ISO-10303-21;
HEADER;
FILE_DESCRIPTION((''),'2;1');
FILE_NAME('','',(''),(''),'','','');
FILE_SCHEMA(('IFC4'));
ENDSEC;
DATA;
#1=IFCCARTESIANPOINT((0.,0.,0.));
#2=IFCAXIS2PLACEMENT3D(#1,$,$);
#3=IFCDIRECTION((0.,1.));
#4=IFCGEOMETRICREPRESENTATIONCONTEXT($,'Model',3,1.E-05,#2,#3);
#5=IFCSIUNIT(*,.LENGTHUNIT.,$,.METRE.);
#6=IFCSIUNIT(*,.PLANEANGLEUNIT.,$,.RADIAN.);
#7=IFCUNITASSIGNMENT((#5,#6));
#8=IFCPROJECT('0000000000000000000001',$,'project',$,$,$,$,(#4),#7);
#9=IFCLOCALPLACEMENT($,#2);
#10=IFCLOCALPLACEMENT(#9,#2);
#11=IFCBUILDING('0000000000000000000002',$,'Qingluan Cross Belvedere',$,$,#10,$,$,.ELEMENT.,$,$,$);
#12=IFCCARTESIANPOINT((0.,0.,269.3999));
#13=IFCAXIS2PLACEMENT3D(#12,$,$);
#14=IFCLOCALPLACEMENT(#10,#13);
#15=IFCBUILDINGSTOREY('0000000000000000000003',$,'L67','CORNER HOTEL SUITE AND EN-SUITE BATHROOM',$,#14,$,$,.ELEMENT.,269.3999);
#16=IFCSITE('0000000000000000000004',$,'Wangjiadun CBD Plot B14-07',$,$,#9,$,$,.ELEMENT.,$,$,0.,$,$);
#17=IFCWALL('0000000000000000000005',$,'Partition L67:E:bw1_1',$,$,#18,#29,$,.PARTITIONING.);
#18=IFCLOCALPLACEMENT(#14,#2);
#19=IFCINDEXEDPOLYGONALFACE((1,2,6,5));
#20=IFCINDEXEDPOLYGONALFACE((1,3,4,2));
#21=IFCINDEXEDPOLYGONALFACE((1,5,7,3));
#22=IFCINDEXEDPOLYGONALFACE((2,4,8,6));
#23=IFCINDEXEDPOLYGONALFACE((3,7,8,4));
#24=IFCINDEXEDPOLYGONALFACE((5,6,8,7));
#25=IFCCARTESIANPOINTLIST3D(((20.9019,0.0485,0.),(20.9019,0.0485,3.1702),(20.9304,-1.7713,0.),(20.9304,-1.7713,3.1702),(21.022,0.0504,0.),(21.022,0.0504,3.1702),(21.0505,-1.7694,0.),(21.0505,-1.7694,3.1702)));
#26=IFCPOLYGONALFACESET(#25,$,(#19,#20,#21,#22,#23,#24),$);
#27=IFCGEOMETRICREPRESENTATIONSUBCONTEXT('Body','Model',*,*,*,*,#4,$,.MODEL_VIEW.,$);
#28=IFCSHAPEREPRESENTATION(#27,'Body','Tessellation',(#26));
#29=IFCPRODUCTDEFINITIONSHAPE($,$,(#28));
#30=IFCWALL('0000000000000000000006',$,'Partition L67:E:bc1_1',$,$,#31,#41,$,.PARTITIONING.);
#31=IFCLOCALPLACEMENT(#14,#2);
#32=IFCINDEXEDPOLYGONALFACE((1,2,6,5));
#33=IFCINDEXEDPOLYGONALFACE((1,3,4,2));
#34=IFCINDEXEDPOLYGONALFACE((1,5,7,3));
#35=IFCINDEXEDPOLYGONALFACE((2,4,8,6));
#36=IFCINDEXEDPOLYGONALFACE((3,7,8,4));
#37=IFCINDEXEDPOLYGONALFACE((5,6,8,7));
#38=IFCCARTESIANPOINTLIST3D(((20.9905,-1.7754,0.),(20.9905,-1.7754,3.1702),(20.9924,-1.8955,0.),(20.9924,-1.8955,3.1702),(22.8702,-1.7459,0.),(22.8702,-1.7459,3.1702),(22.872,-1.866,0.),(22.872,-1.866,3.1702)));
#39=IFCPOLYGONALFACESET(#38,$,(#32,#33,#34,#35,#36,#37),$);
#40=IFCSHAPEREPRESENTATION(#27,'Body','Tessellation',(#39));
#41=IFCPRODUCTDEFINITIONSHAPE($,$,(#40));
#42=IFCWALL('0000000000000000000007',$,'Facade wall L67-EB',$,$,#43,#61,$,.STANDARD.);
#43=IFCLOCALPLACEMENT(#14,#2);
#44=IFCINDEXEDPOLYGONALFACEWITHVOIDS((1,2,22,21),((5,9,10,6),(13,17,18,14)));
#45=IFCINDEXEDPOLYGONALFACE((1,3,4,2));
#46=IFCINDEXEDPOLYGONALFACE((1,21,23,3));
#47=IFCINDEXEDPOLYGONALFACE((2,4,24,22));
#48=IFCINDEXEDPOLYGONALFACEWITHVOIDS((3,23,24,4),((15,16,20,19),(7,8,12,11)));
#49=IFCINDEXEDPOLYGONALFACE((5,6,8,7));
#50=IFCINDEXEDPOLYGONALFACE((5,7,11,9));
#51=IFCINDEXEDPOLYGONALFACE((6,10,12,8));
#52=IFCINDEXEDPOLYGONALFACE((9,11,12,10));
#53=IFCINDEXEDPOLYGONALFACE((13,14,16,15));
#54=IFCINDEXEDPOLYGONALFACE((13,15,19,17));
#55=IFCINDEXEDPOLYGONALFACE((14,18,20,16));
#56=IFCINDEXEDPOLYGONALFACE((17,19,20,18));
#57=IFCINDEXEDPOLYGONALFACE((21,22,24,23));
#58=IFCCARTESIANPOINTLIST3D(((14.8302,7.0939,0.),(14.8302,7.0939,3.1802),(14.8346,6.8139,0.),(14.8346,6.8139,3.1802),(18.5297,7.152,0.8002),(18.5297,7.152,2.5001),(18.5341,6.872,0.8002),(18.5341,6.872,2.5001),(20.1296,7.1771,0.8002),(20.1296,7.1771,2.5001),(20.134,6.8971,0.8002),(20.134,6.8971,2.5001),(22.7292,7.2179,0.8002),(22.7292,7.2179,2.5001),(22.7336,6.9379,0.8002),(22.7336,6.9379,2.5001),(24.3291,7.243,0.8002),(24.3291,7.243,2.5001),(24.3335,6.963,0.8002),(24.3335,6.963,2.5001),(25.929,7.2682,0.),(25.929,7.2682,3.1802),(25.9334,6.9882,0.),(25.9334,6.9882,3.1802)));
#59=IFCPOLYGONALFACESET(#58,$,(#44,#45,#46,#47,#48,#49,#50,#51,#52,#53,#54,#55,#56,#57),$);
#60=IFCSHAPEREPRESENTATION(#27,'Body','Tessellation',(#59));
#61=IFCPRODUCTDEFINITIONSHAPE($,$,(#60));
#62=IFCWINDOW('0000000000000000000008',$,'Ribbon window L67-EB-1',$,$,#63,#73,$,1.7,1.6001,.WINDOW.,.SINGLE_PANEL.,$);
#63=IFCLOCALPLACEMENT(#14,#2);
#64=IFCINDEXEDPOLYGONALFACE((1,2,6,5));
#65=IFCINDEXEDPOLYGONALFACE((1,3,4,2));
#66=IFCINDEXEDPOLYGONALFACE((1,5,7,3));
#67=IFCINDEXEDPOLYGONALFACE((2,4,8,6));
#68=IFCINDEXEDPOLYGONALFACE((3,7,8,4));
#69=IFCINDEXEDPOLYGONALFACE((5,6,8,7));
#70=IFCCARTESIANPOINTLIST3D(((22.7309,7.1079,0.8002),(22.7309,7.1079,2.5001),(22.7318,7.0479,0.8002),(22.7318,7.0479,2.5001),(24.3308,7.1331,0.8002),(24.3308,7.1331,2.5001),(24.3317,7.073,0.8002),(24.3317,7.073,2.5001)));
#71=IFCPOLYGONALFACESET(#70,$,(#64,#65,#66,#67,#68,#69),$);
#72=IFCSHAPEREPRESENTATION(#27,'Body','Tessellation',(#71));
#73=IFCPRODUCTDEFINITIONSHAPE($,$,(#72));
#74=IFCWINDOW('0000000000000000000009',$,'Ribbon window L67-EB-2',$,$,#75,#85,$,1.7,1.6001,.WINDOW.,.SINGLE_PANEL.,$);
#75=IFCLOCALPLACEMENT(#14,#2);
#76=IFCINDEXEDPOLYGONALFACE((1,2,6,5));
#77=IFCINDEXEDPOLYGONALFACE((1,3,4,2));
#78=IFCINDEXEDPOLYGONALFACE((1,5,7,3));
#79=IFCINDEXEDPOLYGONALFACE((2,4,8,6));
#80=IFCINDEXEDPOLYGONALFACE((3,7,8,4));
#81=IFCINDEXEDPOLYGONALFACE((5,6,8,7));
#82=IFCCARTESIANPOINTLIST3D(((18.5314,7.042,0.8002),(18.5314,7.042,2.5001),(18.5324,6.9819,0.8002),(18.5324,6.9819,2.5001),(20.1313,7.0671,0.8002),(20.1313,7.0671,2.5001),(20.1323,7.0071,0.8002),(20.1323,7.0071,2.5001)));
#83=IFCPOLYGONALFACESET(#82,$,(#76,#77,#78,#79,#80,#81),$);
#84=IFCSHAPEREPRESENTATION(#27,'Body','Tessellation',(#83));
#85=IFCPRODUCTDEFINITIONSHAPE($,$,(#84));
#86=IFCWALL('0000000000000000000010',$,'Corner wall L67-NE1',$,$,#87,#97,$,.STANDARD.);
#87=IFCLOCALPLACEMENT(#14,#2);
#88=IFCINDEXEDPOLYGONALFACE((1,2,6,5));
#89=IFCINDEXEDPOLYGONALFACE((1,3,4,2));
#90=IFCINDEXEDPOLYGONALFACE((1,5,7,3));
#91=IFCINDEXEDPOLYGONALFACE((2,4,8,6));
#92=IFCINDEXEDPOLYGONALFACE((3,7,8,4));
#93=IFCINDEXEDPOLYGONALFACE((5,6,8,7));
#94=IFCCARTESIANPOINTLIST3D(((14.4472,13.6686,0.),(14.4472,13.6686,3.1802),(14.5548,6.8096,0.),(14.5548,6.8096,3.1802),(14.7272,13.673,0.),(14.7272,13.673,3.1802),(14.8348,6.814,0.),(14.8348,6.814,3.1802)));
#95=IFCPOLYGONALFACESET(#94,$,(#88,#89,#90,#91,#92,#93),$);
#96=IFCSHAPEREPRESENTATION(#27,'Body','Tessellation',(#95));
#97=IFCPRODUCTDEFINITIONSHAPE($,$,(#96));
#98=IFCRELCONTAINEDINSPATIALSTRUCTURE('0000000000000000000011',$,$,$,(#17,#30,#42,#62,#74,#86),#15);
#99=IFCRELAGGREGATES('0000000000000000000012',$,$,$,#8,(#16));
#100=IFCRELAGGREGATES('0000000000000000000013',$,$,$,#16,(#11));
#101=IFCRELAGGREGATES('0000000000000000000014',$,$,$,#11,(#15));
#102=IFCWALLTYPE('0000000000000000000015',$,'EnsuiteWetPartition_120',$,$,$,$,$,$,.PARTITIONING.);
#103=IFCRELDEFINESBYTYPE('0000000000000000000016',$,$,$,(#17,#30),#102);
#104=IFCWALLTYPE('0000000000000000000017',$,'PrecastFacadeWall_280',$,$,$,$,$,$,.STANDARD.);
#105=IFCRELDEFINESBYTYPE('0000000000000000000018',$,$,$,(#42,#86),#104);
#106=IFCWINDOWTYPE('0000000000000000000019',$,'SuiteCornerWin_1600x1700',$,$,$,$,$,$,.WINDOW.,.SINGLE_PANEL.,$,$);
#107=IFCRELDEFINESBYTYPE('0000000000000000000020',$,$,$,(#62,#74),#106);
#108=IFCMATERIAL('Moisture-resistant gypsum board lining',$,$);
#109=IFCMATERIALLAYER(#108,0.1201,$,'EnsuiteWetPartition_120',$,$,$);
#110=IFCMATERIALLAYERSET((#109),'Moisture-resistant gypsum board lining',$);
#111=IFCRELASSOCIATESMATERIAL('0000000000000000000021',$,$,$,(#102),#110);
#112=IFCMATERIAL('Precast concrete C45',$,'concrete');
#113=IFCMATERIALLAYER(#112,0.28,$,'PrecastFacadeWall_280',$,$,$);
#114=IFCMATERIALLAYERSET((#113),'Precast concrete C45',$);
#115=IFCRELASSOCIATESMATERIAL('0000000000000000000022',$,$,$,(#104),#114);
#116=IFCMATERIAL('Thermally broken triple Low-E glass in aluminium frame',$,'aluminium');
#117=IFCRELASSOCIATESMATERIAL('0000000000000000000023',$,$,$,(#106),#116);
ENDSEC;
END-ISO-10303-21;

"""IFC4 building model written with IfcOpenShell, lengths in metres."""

from ifc_helpers import new_model, si_unit, direction, frame, frame_2d, origin, place, context, subcontext, project, spatial, rectangle, extrude, material, layer, layer_set, type_object, element, fill, save


model = new_model("IFC4")

# Units and contexts
model_context = context("Model", 3, precision=1e-05, world=origin(), true_north=direction((0.0, 1.0)))
body_context = subcontext(model_context, "Body", "Model", "MODEL_VIEW")
ifc_project = project(units=[si_unit("LENGTHUNIT", "METRE"), si_unit("PLANEANGLEUNIT", "RADIAN")], contexts=[model_context])

# Site, building, storey
site_placement = place(None, origin())
site = spatial("IfcSite", under=ifc_project, at=site_placement, Name="Wangjiadun CBD Plot B14-07", CompositionType="ELEMENT", RefElevation=0.0)
building_placement = place(site_placement, origin())
building = spatial("IfcBuilding", under=site, at=building_placement, Name="Qingluan Cross Belvedere", CompositionType="ELEMENT")
storey_placement = place(building_placement, frame((0.0, 0.0, 269.3999)))
storey = spatial("IfcBuildingStorey", under=building, at=storey_placement, Name="L67", Description="CORNER HOTEL SUITE AND EN-SUITE BATHROOM", CompositionType="ELEMENT", Elevation=269.3999)

# Shared definitions
ifc_material_1 = material(Name="Moisture-resistant gypsum board lining")
ifc_layer_1 = layer(ifc_material_1, 0.1201, Name="EnsuiteWetPartition_120")
ifc_layer_set_1 = layer_set([ifc_layer_1], Name="Moisture-resistant gypsum board lining")
wall_type_1 = type_object("IfcWallType", Name="EnsuiteWetPartition_120", PredefinedType="PARTITIONING", material=ifc_layer_set_1)

# Walls
wall_1_placement = place(storey_placement, frame((20.9905, -1.7705, 0.0), z_axis=(0.0, 0.0, 1.0), x_axis=(-0.015694, 0.999877, 0.0)))
element("IfcWall", 1, at=wall_1_placement, inside=storey, type_object=wall_type_1, Name="Partition L67:E:bw1_1", PredefinedType="PARTITIONING", context=body_context, shape_type="SweptSolid", body=[
    extrude(rectangle(XDim=1.8201, YDim=0.1201, at=frame_2d((0.9102, 0.0))), origin(), (0.0, 0.0, 1.0), 3.1702),
])
wall_2_placement = place(storey_placement, frame((20.9915, -1.8354, 0.0), z_axis=(0.0, 0.0, 1.0), x_axis=(0.999877, 0.015714, 0.0)))
element("IfcWall", 2, at=wall_2_placement, inside=storey, type_object=wall_type_1, Name="Partition L67:E:bc1_1", PredefinedType="PARTITIONING", context=body_context, shape_type="SweptSolid", body=[
    extrude(rectangle(XDim=1.8799, YDim=0.1201, at=frame_2d((0.9399, 0.0))), origin(), (0.0, 0.0, 1.0), 3.1702),
])

# Wall, openings, windows
ifc_material_2 = material(Name="Precast concrete C45", Category="concrete")
ifc_layer_2 = layer(ifc_material_2, 0.28, Name="PrecastFacadeWall_280")
ifc_layer_set_2 = layer_set([ifc_layer_2], Name="Precast concrete C45")
wall_type_2 = type_object("IfcWallType", Name="PrecastFacadeWall_280", PredefinedType="STANDARD", material=ifc_layer_set_2)
wall_3_placement = place(storey_placement, frame((25.9312, 7.1282, 0.0), z_axis=(0.0, 0.0, 1.0), x_axis=(-0.999877, -0.015704, 0.0)))
wall_3 = element("IfcWall", 3, at=wall_3_placement, inside=storey, type_object=wall_type_2, Name="Facade wall L67-EB", PredefinedType="STANDARD", context=body_context, shape_type="SweptSolid", body=[
    extrude(rectangle(XDim=11.1001, YDim=0.28, at=frame_2d((5.55, 0.0))), origin(), (0.0, 0.0, 1.0), 3.1802),
])
opening_1_placement = place(wall_3_placement, frame((1.6001, 0.0, 0.8)))
opening_1 = element("IfcOpeningElement", 4, at=opening_1_placement, cuts=wall_3, PredefinedType="OPENING", context=body_context, shape_type="SweptSolid", body=[
    extrude(rectangle(XDim=1.6001, YDim=1.7, at=frame_2d((0.8, 0.8501))), frame((0.0, 0.1499, 0.0), z_axis=(0.0, -1.0, 0.0), x_axis=(1.0, 0.0, 0.0)), (0.0, 0.0, 1.0), 0.3),
])
opening_2_placement = place(wall_3_placement, frame((5.8, 0.0, 0.8)))
opening_2 = element("IfcOpeningElement", 5, at=opening_2_placement, cuts=wall_3, PredefinedType="OPENING", context=body_context, shape_type="SweptSolid", body=[
    extrude(rectangle(XDim=1.6001, YDim=1.7, at=frame_2d((0.8, 0.8501))), frame((0.0, 0.1499, 0.0), z_axis=(0.0, -1.0, 0.0), x_axis=(1.0, 0.0, 0.0)), (0.0, 0.0, 1.0), 0.3),
])
ifc_material_3 = material(Name="Thermally broken triple Low-E glass in aluminium frame", Category="aluminium")
window_type = type_object("IfcWindowType", Name="SuiteCornerWin_1600x1700", PartitioningType="SINGLE_PANEL", PredefinedType="WINDOW", material=ifc_material_3)
window_1_placement = place(opening_1_placement, origin())
window_1 = element("IfcWindow", 6, at=window_1_placement, inside=storey, type_object=window_type, Name="Ribbon window L67-EB-1", OverallHeight=1.7, OverallWidth=1.6001, PartitioningType="SINGLE_PANEL", PredefinedType="WINDOW", context=body_context, shape_type="SweptSolid", body=[
    extrude(rectangle(XDim=1.6001, YDim=1.7, at=frame_2d((0.8, 0.8501))), frame((0.0, 0.03, 0.0), z_axis=(0.0, -1.0, 0.0), x_axis=(1.0, 0.0, 0.0)), (0.0, 0.0, 1.0), 0.0601),
])
fill(opening_1, window_1)
window_2_placement = place(opening_2_placement, origin())
window_2 = element("IfcWindow", 7, at=window_2_placement, inside=storey, type_object=window_type, Name="Ribbon window L67-EB-2", OverallHeight=1.7, OverallWidth=1.6001, PartitioningType="SINGLE_PANEL", PredefinedType="WINDOW", context=body_context, shape_type="SweptSolid", body=[
    extrude(rectangle(XDim=1.6001, YDim=1.7, at=frame_2d((0.8, 0.8501))), frame((0.0, 0.03, 0.0), z_axis=(0.0, -1.0, 0.0), x_axis=(1.0, 0.0, 0.0)), (0.0, 0.0, 1.0), 0.0601),
])
fill(opening_2, window_2)

# Wall
wall_4_placement = place(storey_placement, frame((14.6948, 6.8118, 0.0), z_axis=(0.0, 0.0, 1.0), x_axis=(-0.015695, 0.999877, 0.0)))
element("IfcWall", 8, at=wall_4_placement, inside=storey, type_object=wall_type_2, Name="Corner wall L67-NE1", PredefinedType="STANDARD", context=body_context, shape_type="SweptSolid", body=[
    extrude(rectangle(XDim=6.8599, YDim=0.28, at=frame_2d((3.4299, 0.0))), origin(), (0.0, 0.0, 1.0), 3.1802),
])

save(model, "model.ifc")
